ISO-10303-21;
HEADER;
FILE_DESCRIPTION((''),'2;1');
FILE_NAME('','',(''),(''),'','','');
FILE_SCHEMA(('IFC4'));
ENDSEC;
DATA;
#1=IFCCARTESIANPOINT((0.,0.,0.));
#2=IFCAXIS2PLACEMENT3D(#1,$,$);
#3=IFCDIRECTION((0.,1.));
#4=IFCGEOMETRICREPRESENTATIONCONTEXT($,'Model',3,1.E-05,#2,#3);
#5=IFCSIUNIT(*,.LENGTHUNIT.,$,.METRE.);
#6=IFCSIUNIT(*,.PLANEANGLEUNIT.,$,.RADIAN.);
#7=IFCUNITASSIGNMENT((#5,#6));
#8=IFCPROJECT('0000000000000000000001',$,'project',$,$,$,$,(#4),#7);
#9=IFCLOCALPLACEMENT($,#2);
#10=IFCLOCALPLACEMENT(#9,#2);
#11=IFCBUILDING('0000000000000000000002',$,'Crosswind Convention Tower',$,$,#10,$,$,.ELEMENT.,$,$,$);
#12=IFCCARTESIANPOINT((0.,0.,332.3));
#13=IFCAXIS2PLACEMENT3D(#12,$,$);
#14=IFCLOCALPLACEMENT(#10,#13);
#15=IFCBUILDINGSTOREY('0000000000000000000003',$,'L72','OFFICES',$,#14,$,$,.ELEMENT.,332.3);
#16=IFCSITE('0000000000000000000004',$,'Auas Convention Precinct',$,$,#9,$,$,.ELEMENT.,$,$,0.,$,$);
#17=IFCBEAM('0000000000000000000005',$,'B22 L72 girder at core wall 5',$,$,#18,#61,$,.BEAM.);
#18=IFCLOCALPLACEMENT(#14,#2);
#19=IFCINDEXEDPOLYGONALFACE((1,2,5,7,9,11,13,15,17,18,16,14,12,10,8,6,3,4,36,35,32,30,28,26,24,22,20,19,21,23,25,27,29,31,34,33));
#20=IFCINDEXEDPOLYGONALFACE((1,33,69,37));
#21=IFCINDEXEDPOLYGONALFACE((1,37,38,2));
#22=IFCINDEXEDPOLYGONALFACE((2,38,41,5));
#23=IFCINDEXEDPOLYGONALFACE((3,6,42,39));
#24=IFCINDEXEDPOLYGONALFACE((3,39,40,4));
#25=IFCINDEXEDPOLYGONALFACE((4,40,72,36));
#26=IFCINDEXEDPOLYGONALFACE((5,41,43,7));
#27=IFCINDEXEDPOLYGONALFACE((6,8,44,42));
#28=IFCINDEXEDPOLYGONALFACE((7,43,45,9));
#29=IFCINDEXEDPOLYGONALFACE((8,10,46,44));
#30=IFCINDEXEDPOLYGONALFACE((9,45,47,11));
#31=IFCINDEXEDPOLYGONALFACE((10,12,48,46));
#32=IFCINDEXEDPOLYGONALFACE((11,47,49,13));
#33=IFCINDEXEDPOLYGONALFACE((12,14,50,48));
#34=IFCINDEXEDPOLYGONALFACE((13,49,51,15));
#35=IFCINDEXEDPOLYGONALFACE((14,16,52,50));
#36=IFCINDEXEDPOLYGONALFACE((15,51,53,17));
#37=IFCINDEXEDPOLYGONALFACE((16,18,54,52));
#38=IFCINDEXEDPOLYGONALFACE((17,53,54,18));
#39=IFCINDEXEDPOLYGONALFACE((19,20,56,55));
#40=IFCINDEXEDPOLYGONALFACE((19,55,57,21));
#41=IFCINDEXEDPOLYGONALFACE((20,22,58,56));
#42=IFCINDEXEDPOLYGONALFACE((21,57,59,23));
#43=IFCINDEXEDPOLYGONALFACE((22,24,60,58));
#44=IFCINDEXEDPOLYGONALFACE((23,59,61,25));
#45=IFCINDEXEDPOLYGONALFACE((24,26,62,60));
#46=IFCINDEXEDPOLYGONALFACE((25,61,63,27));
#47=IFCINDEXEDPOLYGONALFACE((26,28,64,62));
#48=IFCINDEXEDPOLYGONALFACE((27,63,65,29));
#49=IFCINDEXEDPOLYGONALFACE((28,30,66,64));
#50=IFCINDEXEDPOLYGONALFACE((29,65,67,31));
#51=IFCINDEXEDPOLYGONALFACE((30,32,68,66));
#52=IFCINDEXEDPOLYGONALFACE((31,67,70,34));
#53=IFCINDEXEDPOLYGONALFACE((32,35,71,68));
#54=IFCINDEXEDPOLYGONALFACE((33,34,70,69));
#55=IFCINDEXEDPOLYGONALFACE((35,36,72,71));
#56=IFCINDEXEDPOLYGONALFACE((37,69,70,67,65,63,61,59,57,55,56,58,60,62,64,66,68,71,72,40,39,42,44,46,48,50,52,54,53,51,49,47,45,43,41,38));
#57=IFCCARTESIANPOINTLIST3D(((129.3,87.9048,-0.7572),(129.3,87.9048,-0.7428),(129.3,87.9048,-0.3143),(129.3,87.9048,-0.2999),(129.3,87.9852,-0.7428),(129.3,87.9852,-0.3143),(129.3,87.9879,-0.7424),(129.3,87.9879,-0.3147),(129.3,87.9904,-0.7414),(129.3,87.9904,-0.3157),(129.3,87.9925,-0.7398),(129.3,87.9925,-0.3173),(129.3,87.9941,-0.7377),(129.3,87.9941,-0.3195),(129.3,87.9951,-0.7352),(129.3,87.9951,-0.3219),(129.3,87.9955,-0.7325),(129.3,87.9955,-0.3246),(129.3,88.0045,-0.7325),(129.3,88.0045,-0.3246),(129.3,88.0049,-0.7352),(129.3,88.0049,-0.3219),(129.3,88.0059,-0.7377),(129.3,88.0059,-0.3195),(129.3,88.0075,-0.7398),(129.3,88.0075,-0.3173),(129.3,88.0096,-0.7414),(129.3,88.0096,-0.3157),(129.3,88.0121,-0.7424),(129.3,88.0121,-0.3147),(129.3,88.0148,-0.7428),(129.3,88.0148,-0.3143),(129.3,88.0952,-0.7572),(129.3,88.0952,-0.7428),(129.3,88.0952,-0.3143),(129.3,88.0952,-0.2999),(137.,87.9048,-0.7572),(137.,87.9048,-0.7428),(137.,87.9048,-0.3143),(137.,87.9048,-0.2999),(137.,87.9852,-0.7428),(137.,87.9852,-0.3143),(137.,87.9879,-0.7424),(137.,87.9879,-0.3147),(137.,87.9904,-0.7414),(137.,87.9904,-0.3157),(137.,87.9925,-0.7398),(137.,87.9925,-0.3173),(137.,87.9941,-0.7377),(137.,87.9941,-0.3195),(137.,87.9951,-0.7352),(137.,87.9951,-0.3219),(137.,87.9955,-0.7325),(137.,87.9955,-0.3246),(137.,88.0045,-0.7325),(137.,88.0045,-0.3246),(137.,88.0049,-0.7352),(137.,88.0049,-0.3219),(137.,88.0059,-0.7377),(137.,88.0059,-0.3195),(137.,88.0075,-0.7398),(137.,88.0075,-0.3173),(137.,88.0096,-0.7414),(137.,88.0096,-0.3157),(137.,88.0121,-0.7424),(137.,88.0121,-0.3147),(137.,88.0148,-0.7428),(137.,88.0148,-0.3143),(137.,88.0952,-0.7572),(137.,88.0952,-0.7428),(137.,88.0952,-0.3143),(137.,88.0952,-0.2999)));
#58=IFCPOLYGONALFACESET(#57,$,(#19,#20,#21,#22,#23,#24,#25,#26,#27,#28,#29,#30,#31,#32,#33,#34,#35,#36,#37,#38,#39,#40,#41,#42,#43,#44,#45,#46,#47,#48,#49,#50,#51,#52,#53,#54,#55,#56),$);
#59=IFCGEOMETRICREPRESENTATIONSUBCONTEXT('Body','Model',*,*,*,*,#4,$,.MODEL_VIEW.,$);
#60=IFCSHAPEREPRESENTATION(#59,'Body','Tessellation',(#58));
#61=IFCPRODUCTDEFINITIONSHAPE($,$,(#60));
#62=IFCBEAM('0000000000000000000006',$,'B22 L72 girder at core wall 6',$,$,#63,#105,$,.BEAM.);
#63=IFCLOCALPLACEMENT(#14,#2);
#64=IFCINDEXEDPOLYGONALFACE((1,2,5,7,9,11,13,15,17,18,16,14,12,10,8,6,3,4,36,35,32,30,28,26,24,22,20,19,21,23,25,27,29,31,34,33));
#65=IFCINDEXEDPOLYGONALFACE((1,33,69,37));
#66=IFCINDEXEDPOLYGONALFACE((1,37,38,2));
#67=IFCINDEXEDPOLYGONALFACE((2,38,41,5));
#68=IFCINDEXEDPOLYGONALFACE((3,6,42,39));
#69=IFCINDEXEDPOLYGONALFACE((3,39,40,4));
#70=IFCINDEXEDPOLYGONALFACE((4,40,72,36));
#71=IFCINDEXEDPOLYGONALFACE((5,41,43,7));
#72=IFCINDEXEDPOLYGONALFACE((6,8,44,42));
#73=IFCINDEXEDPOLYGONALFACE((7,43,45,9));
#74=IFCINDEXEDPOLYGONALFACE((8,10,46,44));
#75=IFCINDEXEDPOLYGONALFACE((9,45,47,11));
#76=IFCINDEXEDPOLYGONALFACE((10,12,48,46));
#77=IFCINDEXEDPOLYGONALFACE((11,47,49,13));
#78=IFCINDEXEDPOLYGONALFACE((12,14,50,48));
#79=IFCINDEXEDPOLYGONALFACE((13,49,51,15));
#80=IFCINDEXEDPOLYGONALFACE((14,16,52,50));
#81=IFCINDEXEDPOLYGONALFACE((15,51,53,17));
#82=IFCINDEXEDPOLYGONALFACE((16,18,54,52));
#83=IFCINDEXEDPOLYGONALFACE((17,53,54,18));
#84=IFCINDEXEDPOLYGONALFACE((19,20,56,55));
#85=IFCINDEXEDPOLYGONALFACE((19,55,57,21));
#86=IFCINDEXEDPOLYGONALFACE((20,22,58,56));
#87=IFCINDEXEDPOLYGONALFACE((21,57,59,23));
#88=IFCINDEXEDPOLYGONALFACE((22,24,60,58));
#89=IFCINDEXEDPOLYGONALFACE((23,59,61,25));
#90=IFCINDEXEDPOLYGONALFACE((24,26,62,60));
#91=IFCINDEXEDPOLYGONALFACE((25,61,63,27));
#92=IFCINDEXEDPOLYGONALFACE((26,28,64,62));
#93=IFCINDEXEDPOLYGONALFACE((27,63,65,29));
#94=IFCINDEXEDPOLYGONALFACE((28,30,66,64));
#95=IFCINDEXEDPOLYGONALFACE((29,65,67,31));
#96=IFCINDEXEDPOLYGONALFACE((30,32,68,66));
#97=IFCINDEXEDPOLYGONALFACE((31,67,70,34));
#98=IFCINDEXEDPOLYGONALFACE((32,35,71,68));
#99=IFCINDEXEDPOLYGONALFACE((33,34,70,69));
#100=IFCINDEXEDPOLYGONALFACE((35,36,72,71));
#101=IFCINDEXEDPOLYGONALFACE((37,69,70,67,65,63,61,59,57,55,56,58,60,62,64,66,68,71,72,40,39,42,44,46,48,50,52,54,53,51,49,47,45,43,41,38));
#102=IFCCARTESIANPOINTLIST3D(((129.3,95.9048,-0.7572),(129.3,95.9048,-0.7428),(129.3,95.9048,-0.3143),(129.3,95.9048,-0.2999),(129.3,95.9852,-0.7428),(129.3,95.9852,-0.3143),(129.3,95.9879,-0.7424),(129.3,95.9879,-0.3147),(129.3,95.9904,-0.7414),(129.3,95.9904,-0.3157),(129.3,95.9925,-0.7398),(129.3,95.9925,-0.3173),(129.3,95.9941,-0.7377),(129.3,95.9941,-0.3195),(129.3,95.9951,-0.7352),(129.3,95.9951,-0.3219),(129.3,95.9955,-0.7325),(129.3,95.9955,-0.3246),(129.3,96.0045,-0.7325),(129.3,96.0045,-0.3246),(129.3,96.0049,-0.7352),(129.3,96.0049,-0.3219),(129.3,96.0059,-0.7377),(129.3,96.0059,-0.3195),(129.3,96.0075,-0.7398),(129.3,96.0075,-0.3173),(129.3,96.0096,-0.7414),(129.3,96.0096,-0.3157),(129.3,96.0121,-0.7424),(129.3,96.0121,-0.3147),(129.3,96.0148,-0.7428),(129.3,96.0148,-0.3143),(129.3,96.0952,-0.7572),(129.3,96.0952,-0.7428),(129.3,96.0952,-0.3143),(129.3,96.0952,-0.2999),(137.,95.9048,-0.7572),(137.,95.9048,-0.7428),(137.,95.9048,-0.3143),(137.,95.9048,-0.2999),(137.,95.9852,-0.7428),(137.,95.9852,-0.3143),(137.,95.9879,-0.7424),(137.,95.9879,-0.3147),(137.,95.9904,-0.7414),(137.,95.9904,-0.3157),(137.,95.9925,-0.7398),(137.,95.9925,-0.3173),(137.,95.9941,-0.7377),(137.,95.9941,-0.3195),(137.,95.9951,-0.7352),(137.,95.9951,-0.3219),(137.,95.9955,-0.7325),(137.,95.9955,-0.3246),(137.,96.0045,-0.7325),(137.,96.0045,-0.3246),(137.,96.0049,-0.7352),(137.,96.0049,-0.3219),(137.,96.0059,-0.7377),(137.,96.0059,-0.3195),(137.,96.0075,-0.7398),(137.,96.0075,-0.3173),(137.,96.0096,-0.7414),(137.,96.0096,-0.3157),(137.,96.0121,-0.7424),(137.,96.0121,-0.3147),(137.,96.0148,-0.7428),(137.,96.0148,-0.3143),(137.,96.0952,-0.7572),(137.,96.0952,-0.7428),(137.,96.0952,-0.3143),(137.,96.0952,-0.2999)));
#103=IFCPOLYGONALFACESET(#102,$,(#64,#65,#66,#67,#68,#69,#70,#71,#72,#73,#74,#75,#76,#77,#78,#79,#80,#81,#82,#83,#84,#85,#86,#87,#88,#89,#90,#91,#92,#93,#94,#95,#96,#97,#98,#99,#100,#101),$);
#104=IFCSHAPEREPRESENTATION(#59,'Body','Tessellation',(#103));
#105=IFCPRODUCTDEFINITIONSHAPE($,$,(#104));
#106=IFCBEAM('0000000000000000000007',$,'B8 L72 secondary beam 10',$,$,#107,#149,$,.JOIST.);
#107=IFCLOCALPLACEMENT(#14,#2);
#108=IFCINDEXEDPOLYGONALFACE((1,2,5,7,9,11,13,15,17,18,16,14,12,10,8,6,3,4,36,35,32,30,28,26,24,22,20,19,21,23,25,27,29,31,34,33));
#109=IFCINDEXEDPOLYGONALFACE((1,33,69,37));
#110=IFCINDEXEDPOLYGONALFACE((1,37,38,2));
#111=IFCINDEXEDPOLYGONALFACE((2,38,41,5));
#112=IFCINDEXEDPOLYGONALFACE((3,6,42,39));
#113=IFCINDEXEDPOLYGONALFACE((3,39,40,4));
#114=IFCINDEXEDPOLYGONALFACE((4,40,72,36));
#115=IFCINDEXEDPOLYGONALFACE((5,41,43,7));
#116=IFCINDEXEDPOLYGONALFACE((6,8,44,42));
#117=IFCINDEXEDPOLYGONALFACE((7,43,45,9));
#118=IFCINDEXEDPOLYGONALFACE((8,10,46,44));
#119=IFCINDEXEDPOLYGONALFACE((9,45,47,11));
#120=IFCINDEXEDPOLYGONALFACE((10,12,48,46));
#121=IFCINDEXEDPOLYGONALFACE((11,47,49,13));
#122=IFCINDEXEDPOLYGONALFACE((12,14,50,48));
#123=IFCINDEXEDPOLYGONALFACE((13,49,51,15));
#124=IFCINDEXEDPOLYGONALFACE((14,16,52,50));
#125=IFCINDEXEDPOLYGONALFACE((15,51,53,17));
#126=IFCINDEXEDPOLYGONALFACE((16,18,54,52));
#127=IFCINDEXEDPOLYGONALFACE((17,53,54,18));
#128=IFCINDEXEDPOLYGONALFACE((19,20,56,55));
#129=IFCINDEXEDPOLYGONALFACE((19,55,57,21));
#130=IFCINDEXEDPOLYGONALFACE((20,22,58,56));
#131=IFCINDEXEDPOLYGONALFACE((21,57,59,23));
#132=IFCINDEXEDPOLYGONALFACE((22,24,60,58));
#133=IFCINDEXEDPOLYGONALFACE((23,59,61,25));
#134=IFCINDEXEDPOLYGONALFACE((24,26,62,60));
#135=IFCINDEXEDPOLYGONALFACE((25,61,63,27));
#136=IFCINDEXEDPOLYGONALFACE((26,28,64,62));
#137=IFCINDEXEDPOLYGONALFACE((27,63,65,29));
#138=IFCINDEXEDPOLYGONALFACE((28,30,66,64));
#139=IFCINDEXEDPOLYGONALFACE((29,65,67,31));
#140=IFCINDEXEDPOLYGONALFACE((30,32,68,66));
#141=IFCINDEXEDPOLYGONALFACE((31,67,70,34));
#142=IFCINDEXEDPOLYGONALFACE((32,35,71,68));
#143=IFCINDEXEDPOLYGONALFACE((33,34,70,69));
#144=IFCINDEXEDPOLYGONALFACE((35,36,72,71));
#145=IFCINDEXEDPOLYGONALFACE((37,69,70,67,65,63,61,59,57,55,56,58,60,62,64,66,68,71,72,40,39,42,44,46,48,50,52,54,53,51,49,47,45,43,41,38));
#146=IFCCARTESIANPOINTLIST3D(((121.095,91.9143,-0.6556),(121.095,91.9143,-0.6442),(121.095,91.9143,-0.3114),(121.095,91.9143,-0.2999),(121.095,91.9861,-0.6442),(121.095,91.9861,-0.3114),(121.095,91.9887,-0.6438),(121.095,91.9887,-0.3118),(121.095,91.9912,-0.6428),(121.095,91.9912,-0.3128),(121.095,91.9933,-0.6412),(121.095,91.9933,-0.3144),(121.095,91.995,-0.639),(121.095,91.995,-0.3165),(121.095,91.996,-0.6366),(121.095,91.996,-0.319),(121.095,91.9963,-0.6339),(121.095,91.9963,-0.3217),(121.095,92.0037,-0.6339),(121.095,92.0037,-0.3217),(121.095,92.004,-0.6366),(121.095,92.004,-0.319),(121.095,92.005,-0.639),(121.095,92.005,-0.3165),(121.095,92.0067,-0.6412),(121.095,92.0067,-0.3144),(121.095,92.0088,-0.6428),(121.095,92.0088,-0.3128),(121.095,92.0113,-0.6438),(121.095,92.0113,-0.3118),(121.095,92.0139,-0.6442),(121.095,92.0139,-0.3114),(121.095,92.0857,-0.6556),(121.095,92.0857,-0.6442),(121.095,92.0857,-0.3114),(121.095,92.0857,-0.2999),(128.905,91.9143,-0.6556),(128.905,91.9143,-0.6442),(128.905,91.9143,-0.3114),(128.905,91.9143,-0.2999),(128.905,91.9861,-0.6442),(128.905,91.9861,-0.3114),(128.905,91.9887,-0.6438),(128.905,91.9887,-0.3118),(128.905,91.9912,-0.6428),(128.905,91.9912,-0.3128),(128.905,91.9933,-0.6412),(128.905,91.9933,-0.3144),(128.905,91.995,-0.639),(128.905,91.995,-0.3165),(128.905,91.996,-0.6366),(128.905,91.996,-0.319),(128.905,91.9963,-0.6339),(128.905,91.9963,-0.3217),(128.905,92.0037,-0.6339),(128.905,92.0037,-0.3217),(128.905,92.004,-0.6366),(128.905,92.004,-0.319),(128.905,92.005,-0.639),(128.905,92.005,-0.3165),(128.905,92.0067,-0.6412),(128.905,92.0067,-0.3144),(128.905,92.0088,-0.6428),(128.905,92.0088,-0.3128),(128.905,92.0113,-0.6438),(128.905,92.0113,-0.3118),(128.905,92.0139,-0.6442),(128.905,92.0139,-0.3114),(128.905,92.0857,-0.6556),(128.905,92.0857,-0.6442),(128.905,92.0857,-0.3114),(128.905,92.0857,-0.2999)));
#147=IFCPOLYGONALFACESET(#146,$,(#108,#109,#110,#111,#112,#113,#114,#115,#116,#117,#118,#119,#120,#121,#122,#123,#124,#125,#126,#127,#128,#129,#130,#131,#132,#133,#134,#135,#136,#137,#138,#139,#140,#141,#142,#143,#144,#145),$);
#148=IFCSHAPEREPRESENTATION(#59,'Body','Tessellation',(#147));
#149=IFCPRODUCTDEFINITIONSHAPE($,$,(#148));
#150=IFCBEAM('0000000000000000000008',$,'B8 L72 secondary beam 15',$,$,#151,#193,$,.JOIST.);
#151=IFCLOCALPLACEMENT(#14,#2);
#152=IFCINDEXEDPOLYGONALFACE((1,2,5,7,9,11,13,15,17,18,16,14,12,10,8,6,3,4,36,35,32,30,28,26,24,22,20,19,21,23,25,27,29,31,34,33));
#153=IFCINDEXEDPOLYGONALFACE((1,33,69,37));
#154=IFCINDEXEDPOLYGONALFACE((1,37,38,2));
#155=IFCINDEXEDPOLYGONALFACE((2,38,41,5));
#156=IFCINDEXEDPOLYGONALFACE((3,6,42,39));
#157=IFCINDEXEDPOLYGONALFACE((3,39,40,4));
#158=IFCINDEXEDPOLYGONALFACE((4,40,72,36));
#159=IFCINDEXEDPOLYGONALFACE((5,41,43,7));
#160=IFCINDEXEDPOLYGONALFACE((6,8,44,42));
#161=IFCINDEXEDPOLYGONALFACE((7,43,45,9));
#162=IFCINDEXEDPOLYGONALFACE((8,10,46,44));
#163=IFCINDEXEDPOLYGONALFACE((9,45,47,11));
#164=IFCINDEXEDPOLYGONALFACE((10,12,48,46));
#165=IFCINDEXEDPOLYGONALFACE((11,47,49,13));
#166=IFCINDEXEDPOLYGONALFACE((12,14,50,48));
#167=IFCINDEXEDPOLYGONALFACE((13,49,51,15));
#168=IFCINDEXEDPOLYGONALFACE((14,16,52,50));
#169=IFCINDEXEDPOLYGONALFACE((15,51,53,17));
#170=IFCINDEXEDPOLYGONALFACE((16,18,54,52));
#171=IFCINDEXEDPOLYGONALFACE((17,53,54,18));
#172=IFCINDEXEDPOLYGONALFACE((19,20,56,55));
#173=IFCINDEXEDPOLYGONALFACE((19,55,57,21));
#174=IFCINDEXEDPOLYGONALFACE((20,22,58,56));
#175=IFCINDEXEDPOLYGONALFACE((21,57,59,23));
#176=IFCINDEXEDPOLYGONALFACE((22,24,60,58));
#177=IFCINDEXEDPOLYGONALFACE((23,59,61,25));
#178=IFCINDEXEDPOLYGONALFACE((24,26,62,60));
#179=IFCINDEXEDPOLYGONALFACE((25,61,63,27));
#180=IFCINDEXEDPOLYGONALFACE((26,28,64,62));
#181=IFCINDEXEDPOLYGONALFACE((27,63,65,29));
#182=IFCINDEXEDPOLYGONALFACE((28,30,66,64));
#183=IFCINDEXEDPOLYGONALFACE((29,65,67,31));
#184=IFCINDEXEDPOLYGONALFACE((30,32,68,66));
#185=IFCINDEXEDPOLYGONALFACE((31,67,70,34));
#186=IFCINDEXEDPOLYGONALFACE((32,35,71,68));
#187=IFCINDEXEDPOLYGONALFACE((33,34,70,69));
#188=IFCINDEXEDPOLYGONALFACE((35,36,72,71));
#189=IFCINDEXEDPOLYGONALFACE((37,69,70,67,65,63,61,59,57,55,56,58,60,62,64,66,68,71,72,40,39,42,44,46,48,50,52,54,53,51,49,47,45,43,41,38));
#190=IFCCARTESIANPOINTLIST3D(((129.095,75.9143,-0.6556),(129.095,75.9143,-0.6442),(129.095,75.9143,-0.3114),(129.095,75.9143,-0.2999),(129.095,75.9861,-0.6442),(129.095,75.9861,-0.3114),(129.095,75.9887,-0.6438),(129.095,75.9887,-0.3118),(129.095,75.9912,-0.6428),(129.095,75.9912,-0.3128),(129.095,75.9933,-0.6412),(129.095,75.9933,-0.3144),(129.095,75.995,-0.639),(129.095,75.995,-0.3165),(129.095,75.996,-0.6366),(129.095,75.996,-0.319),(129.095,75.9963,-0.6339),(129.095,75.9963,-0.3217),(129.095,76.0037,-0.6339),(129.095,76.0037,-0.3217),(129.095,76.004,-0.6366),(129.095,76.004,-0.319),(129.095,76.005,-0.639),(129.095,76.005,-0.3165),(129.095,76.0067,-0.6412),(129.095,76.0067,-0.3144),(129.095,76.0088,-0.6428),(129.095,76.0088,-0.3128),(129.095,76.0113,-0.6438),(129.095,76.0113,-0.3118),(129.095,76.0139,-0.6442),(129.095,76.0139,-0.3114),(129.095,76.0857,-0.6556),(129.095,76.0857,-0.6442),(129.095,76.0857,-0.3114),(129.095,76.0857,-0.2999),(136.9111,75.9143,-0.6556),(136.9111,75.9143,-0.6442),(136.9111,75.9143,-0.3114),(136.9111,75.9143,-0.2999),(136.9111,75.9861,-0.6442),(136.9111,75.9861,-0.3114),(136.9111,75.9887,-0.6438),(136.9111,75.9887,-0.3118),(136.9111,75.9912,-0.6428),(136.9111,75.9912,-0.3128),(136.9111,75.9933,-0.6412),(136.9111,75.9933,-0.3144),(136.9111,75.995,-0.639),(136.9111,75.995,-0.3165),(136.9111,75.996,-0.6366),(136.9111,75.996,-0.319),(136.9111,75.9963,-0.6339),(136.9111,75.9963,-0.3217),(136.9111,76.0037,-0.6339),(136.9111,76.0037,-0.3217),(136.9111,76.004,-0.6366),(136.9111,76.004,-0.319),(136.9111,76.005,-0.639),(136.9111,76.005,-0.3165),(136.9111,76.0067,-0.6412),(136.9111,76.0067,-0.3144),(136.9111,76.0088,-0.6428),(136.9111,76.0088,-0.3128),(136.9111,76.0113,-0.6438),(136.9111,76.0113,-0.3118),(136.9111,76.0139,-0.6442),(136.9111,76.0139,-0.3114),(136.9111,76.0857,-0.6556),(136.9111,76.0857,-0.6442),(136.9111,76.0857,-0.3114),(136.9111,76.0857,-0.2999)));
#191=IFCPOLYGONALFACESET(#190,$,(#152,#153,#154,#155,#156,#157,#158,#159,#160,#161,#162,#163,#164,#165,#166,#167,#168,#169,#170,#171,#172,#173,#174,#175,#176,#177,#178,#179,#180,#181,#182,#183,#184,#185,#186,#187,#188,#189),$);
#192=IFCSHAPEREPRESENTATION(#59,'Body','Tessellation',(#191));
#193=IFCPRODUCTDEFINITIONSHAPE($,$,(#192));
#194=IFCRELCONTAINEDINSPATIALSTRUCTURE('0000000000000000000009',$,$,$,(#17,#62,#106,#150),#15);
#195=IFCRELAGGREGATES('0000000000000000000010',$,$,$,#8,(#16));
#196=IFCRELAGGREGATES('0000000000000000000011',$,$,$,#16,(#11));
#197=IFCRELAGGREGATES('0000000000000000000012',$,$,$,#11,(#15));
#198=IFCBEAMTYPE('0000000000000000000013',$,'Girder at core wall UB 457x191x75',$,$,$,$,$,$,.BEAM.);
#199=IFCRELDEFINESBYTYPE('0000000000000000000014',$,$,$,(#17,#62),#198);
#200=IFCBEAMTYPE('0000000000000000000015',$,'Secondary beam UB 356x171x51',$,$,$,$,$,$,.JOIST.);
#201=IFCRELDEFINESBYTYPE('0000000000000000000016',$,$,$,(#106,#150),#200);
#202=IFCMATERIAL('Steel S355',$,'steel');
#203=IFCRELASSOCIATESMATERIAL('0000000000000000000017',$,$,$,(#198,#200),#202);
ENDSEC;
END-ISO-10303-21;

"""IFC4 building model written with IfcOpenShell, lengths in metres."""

from ifc_helpers import new_model, si_unit, direction, frame, origin, origin_2d, place, context, subcontext, project, spatial, i_section, extrude, material, material_profile, profile_set, type_object, element, save


model = new_model("IFC4")

# Units and contexts
model_context = context("Model", 3, precision=1e-05, world=origin(), true_north=direction((0.0, 1.0)))
body_context = subcontext(model_context, "Body", "Model", "MODEL_VIEW")
ifc_project = project(units=[si_unit("LENGTHUNIT", "METRE"), si_unit("PLANEANGLEUNIT", "RADIAN")], contexts=[model_context])

# Site, building, storey
site_placement = place(None, origin())
site = spatial("IfcSite", under=ifc_project, at=site_placement, Name="Auas Convention Precinct", CompositionType="ELEMENT", RefElevation=0.0)
building_placement = place(site_placement, origin())
building = spatial("IfcBuilding", under=site, at=building_placement, Name="Crosswind Convention Tower", CompositionType="ELEMENT")
storey_placement = place(building_placement, frame((0.0, 0.0, 332.3)))
storey = spatial("IfcBuildingStorey", under=building, at=storey_placement, Name="L72", Description="OFFICES", CompositionType="ELEMENT", Elevation=332.3)

# Beams
ifc_material_1 = material(Name="Steel S355", Category="steel")
ifc_material_profile_1 = material_profile(ifc_material_1, i_section(OverallWidth=0.1904, OverallDepth=0.4573, WebThickness=0.009, FlangeThickness=0.0144, FilletRadius=0.0103, at=origin_2d()), Name="UB 457x191x75")
ifc_profile_set_1 = profile_set([ifc_material_profile_1], Name="Steel S355")
beam_type_1 = type_object("IfcBeamType", Name="Girder at core wall UB 457x191x75", PredefinedType="BEAM", material=ifc_profile_set_1)
for number, where, z_axis, x_axis, name in (
    (1, (129.3, 88.0, -0.5286), (1.0, 0.0, 0.0), (0.0, 1.0, 0.0), "B22 L72 girder at core wall 5"),
    (2, (129.3, 96.0, -0.5286), (1.0, 0.0, 0.0), (0.0, 1.0, 0.0), "B22 L72 girder at core wall 6"),
):
    element("IfcBeam", number, at=place(storey_placement, frame(where, z_axis=z_axis, x_axis=x_axis)), inside=storey, type_object=beam_type_1, Name=name, PredefinedType="BEAM", context=body_context, shape_type="SweptSolid", body=[
        extrude(i_section(OverallWidth=0.1904, OverallDepth=0.4573, WebThickness=0.009, FlangeThickness=0.0144, FilletRadius=0.0103, at=origin_2d()), origin(), (0.0, 0.0, 1.0), 7.7),
    ])
ifc_material_profile_2 = material_profile(ifc_material_1, i_section(OverallWidth=0.1714, OverallDepth=0.3557, WebThickness=0.0073, FlangeThickness=0.0115, FilletRadius=0.0103, at=origin_2d()), Name="UB 356x171x51")
ifc_profile_set_2 = profile_set([ifc_material_profile_2], Name="Steel S355")
beam_type_2 = type_object("IfcBeamType", Name="Secondary beam UB 356x171x51", PredefinedType="JOIST", material=ifc_profile_set_2)
beam_1_placement = place(storey_placement, frame((121.095, 92.0, -0.4778), z_axis=(1.0, 0.0, 0.0), x_axis=(0.0, 1.0, 0.0)))
element("IfcBeam", 3, at=beam_1_placement, inside=storey, type_object=beam_type_2, Name="B8 L72 secondary beam 10", PredefinedType="JOIST", context=body_context, shape_type="SweptSolid", body=[
    extrude(i_section(OverallWidth=0.1714, OverallDepth=0.3557, WebThickness=0.0073, FlangeThickness=0.0115, FilletRadius=0.0103, at=origin_2d()), origin(), (0.0, 0.0, 1.0), 7.8101),
])
for number, where, z_axis, x_axis, name in (
    (4, (129.095, 76.0, -0.4778), (1.0, 0.0, 0.0), (0.0, 1.0, 0.0), "B8 L72 secondary beam 15"),
):
    element("IfcBeam", number, at=place(storey_placement, frame(where, z_axis=z_axis, x_axis=x_axis)), inside=storey, type_object=beam_type_2, Name=name, PredefinedType="JOIST", context=body_context, shape_type="SweptSolid", body=[
        extrude(i_section(OverallWidth=0.1714, OverallDepth=0.3557, WebThickness=0.0073, FlangeThickness=0.0115, FilletRadius=0.0103, at=origin_2d()), origin(), (0.0, 0.0, 1.0), 7.8162),
    ])

save(model, "model.ifc")
